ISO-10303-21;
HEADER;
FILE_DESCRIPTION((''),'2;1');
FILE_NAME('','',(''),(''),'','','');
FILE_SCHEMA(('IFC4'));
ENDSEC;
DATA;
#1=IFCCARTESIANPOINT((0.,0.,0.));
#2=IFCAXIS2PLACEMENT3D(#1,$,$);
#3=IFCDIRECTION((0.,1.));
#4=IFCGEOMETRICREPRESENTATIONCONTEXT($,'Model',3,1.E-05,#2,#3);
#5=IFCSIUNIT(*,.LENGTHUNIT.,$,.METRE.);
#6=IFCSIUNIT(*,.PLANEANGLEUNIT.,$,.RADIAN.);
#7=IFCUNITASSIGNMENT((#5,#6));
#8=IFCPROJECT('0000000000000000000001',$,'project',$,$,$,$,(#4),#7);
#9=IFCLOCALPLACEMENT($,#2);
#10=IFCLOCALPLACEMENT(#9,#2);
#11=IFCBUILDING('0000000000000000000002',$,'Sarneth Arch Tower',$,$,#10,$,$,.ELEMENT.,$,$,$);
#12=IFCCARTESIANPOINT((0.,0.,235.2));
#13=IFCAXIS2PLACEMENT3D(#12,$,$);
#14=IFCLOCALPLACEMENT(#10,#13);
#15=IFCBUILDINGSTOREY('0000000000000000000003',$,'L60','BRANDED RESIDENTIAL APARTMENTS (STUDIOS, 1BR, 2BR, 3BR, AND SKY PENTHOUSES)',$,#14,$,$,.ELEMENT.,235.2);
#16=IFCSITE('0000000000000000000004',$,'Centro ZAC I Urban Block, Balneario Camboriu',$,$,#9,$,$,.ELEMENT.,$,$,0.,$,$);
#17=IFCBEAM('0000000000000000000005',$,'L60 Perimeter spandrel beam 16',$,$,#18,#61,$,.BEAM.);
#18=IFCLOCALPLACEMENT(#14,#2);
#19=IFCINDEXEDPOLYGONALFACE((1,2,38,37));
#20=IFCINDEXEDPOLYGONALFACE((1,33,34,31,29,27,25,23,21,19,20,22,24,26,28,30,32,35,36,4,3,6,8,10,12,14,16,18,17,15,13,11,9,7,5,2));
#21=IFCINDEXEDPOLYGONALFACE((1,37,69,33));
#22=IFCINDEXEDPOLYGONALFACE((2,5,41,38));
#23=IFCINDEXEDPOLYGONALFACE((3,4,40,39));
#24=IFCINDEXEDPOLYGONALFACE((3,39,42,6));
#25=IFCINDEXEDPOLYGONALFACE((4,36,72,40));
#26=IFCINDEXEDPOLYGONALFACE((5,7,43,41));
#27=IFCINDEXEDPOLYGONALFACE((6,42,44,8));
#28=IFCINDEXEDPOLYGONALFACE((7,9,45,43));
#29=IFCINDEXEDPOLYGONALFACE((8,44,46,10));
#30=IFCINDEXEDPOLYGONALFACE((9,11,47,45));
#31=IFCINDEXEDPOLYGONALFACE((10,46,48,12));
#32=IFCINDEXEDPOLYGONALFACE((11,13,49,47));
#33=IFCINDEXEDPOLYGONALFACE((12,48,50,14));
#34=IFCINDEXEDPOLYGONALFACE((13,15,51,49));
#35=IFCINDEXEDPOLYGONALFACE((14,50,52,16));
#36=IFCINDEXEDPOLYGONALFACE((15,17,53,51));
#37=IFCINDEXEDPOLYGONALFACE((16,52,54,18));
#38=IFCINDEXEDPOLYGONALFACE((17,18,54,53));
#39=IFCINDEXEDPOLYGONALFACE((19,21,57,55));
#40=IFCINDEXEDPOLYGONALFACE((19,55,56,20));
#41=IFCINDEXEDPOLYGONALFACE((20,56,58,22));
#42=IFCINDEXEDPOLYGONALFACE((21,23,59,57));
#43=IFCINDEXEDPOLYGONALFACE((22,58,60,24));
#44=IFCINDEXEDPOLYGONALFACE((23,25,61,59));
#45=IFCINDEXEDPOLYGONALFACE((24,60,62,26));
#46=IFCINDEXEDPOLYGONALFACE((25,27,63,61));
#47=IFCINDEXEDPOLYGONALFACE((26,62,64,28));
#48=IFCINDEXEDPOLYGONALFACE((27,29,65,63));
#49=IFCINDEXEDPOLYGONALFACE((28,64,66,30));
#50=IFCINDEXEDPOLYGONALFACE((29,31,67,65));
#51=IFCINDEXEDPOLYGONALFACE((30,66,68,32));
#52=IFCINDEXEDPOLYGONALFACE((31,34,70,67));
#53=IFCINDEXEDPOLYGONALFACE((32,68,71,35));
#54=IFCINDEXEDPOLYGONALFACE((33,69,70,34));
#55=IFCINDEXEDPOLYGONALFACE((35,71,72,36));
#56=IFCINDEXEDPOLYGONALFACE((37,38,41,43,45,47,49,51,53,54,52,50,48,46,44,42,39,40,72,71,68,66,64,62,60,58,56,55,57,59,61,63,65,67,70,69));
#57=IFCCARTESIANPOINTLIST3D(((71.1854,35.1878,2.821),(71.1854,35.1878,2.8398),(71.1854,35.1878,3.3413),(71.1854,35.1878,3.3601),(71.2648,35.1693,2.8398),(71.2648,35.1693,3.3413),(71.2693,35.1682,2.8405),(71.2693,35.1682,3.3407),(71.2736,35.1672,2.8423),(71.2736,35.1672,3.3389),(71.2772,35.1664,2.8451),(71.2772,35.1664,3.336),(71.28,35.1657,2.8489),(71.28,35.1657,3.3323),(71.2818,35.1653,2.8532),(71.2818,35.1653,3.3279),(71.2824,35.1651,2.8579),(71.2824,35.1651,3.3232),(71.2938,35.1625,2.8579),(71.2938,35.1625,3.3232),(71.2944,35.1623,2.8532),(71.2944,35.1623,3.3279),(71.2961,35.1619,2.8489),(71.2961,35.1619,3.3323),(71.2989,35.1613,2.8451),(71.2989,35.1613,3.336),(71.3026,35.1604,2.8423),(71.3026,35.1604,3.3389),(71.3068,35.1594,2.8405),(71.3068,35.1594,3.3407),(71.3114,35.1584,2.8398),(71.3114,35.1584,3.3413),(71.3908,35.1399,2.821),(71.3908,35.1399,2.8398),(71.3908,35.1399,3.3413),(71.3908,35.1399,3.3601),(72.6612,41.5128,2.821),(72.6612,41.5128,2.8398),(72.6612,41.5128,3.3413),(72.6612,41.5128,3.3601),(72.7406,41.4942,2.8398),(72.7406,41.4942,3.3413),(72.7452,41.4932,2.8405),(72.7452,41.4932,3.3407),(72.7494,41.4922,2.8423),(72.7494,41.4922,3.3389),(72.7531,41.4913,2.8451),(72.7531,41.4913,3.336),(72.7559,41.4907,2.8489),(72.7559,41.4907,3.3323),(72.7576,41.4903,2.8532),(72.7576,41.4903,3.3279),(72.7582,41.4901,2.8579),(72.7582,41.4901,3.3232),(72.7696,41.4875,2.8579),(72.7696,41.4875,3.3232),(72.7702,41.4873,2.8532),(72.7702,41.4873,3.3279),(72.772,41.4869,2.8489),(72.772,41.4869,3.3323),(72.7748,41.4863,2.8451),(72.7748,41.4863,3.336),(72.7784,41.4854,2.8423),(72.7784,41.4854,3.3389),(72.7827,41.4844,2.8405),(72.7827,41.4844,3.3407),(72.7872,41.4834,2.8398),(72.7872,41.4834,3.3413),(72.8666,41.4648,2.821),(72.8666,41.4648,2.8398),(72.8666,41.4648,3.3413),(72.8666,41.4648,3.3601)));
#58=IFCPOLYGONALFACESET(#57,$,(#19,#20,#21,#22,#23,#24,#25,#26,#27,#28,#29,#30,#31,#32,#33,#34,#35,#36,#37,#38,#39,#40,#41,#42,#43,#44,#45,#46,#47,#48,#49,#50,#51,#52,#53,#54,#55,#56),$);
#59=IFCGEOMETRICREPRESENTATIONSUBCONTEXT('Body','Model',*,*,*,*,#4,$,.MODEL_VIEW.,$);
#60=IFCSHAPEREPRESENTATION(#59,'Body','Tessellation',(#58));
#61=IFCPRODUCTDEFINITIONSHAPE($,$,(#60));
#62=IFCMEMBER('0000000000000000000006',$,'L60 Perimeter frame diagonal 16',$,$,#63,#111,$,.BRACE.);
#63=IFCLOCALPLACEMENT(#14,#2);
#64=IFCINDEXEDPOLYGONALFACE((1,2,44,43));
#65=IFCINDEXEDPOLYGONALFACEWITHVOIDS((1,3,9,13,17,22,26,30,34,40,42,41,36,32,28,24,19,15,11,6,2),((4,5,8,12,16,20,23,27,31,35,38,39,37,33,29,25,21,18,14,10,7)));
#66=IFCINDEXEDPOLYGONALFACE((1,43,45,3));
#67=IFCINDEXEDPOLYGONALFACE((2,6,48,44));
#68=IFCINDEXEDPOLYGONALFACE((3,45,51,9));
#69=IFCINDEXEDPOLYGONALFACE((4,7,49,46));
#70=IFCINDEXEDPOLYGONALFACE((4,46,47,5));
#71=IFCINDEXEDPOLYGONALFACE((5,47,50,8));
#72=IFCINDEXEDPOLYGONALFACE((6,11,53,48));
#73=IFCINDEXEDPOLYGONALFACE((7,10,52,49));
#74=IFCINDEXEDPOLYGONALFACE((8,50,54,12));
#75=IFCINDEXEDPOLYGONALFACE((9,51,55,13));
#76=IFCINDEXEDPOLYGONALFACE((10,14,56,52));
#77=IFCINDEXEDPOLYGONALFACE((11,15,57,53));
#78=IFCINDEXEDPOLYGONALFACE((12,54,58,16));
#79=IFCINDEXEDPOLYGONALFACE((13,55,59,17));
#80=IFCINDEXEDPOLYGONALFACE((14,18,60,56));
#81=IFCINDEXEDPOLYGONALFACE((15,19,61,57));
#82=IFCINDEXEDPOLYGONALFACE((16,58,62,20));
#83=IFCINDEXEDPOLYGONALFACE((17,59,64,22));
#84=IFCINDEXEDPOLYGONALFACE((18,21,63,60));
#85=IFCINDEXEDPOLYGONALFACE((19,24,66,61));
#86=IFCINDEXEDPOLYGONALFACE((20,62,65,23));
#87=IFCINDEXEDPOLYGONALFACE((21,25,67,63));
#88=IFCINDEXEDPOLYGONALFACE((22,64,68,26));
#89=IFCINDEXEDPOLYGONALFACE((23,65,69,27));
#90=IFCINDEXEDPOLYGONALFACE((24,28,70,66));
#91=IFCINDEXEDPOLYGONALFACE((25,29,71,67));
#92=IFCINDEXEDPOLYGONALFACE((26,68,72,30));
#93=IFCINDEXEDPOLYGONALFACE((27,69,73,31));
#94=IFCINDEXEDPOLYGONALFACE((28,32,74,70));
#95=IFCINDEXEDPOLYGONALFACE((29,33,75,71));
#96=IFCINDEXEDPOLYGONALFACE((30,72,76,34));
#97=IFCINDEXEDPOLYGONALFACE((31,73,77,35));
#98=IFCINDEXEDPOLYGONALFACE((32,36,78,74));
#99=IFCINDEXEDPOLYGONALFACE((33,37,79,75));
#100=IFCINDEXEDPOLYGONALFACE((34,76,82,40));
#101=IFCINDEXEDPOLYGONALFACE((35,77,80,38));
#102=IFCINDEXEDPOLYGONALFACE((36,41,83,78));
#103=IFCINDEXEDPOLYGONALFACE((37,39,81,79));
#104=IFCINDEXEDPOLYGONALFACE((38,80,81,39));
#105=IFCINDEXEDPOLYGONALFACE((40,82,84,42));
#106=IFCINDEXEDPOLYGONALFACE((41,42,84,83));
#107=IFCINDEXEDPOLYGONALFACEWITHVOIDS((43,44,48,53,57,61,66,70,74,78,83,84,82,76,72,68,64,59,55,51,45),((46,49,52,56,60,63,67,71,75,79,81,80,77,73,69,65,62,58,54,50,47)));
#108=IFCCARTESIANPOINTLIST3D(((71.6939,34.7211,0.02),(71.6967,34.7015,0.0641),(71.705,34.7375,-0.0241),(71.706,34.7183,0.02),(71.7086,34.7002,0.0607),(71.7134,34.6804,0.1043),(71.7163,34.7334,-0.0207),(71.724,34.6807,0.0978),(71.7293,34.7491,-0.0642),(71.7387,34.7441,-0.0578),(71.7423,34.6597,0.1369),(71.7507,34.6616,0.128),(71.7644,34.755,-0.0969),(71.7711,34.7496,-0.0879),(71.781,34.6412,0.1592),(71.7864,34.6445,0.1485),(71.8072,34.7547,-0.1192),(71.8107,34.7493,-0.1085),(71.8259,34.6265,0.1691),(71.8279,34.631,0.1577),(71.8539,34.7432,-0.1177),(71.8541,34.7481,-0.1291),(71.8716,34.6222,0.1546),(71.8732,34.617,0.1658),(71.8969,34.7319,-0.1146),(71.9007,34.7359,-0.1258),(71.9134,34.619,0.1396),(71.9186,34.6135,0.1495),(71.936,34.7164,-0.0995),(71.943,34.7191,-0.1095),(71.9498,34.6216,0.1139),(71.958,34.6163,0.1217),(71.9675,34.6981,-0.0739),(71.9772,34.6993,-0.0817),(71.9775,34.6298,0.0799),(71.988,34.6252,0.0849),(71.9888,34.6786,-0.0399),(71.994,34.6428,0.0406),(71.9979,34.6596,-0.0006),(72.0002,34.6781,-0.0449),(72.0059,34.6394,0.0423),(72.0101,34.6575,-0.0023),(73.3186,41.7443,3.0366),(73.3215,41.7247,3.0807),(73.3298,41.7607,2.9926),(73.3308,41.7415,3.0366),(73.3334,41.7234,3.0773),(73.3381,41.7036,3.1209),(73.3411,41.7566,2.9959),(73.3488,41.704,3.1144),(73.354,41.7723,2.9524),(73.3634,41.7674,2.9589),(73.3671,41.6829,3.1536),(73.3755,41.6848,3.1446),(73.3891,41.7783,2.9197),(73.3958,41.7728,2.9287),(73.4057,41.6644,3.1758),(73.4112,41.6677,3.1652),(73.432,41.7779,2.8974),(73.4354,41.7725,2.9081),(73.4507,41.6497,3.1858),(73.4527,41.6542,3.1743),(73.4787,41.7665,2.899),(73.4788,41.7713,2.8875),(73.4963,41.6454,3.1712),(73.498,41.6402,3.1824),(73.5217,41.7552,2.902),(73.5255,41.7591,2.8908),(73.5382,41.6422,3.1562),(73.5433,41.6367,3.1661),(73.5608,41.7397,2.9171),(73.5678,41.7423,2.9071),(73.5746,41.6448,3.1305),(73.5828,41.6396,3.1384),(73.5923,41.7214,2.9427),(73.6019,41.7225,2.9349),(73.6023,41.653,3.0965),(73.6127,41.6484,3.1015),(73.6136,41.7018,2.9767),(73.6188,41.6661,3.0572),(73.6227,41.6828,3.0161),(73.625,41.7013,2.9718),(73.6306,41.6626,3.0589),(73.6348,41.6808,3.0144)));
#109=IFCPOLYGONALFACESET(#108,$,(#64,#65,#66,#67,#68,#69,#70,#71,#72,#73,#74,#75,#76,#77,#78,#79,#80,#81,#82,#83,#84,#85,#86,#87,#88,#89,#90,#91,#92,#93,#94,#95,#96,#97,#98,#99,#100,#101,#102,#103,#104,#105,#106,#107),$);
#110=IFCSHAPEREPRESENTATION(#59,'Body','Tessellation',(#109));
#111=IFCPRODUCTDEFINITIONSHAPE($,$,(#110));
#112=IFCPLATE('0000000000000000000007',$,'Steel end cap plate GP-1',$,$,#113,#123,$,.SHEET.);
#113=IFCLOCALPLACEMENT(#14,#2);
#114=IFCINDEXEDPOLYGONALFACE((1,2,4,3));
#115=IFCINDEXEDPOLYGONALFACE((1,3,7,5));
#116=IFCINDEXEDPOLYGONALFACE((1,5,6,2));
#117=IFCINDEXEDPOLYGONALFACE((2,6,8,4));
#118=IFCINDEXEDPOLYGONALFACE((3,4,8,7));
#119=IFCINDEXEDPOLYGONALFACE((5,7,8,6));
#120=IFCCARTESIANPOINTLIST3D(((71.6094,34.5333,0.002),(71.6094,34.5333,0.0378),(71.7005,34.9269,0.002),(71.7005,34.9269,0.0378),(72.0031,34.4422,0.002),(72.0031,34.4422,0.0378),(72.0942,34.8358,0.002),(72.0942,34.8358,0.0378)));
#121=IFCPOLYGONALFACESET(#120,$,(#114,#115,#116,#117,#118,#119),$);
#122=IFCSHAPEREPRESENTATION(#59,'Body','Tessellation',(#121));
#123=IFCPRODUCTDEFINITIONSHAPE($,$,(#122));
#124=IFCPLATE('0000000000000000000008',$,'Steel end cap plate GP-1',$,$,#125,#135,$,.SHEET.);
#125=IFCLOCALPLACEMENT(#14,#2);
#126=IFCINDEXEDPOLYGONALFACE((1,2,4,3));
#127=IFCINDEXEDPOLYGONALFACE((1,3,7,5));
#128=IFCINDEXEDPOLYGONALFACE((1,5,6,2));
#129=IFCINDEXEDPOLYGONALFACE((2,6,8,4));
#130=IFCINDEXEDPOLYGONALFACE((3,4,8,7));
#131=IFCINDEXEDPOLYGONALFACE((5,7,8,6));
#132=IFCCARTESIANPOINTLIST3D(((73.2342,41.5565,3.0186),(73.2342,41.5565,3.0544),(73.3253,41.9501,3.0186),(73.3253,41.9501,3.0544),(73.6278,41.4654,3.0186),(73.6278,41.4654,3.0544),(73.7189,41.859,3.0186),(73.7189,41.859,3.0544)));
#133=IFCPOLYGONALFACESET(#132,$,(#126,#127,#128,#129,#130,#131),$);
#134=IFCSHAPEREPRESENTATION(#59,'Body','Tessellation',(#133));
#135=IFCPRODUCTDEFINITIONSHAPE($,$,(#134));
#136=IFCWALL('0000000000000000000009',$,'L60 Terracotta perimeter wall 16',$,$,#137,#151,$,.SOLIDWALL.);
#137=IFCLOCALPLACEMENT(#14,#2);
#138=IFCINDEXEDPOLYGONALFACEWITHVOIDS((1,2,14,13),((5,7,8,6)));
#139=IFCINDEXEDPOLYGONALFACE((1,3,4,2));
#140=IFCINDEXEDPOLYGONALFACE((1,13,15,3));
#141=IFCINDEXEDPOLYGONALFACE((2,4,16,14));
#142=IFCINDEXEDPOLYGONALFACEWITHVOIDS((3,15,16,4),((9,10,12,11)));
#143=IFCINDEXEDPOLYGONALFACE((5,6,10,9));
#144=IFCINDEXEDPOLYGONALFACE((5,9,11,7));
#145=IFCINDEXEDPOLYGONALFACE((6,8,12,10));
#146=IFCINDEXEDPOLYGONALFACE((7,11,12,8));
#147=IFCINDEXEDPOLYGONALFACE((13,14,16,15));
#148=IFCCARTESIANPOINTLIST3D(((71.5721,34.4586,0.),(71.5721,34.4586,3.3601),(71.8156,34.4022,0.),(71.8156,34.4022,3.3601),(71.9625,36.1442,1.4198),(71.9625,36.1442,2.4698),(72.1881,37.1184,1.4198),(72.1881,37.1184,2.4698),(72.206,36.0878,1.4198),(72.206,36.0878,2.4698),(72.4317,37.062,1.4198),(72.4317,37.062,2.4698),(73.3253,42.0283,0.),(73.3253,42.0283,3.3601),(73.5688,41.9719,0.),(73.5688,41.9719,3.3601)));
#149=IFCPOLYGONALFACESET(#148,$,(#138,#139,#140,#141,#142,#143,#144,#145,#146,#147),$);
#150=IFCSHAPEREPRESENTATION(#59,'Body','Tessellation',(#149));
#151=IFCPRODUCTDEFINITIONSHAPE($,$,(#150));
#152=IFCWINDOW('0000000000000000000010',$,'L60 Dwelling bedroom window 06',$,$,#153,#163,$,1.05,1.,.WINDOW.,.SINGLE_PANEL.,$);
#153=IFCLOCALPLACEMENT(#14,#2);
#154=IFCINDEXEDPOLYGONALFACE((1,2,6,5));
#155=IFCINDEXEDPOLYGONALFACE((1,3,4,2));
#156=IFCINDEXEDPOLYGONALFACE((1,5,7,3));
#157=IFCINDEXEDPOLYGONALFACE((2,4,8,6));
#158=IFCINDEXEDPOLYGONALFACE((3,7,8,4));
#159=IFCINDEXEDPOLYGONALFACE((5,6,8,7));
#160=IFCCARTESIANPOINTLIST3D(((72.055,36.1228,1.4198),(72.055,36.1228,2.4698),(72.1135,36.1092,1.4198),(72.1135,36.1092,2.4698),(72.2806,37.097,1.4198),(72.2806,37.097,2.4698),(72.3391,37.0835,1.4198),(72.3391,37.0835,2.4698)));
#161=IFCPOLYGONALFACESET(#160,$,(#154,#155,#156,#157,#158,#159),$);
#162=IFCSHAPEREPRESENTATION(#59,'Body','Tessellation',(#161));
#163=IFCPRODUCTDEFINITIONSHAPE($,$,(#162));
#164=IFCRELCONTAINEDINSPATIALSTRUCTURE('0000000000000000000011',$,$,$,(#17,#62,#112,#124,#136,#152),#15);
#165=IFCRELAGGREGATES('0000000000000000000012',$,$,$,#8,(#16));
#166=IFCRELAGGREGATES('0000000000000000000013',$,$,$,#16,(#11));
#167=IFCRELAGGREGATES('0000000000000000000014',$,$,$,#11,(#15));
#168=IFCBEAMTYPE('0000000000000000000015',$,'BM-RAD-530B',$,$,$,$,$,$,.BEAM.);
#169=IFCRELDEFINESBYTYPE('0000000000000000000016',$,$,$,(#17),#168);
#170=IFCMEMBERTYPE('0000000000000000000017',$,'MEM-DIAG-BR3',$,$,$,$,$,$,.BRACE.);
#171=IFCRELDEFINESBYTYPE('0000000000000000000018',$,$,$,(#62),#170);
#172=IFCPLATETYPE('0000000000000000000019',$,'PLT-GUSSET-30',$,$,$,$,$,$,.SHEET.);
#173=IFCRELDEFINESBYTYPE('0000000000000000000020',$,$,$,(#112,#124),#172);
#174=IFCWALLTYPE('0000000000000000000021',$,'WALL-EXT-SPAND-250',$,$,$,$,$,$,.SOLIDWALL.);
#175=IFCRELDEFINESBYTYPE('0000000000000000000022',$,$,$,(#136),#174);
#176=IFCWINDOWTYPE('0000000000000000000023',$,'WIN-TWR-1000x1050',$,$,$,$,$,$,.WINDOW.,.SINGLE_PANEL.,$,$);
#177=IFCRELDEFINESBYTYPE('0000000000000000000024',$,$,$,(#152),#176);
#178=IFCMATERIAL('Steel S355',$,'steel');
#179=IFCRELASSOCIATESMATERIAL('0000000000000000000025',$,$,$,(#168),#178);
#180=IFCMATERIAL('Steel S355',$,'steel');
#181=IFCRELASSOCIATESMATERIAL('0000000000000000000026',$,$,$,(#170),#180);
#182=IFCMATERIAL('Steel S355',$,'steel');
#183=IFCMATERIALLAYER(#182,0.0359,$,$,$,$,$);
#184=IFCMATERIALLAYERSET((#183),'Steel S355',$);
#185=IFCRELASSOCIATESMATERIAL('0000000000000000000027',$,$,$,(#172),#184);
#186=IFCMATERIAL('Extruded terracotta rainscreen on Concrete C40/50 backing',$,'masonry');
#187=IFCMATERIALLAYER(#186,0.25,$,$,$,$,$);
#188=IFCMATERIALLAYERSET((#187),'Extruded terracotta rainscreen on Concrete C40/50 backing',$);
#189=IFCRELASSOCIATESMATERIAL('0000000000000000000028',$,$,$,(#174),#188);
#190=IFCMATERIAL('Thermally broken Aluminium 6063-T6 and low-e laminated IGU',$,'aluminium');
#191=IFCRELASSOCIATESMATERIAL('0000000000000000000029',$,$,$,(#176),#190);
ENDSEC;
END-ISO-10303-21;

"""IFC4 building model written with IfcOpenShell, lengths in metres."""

from ifc_helpers import new_model, si_unit, direction, frame, frame_2d, origin, origin_2d, place, context, subcontext, project, spatial, rectangle, hollow_circle, i_section, extrude, material, layer, layer_set, material_profile, profile_set, type_object, element, fill, save


model = new_model("IFC4")

# Units and contexts
model_context = context("Model", 3, precision=1e-05, world=origin(), true_north=direction((0.0, 1.0)))
body_context = subcontext(model_context, "Body", "Model", "MODEL_VIEW")
ifc_project = project(units=[si_unit("LENGTHUNIT", "METRE"), si_unit("PLANEANGLEUNIT", "RADIAN")], contexts=[model_context])

# Site, building, storey
site_placement = place(None, origin())
site = spatial("IfcSite", under=ifc_project, at=site_placement, Name="Centro ZAC I Urban Block, Balneario Camboriu", CompositionType="ELEMENT", RefElevation=0.0)
building_placement = place(site_placement, origin())
building = spatial("IfcBuilding", under=site, at=building_placement, Name="Sarneth Arch Tower", CompositionType="ELEMENT")
storey_placement = place(building_placement, frame((0.0, 0.0, 235.2)))
storey = spatial("IfcBuildingStorey", under=building, at=storey_placement, Name="L60", Description="BRANDED RESIDENTIAL APARTMENTS (STUDIOS, 1BR, 2BR, 3BR, AND SKY PENTHOUSES)", CompositionType="ELEMENT", Elevation=235.2)

# Beam
ifc_material_1 = material(Name="Steel S355", Category="steel")
ifc_material_profile_1 = material_profile(ifc_material_1, i_section(OverallWidth=0.2109, OverallDepth=0.5391, WebThickness=0.0117, FlangeThickness=0.0188, FilletRadius=0.0181, at=origin_2d()), Name="W530x109")
ifc_profile_set_1 = profile_set([ifc_material_profile_1], Name="Steel S355")
beam_type_1 = type_object("IfcBeamType", Name="BM-RAD-530B", PredefinedType="BEAM", material=ifc_profile_set_1)
beam_1_placement = place(storey_placement, frame((71.2881, 35.1638, 3.0906), z_axis=(0.227231, 0.973841, 0.0), x_axis=(-0.973841, 0.227231, 0.0)))
element("IfcBeam", 1, at=beam_1_placement, inside=storey, type_object=beam_type_1, Name="L60 Perimeter spandrel beam 16", PredefinedType="BEAM", context=body_context, shape_type="SweptSolid", body=[
    extrude(i_section(OverallWidth=0.2109, OverallDepth=0.5391, WebThickness=0.0117, FlangeThickness=0.0188, FilletRadius=0.0181, at=origin_2d()), origin(), (0.0, 0.0, 1.0), 6.4949),
])

# Member
ifc_material_2 = material(Name="Steel S355", Category="steel")
ifc_material_profile_2 = material_profile(ifc_material_2, hollow_circle(Radius=0.1621, WallThickness=0.0125, at=origin_2d()), Name="CHS324x12.5")
ifc_profile_set_2 = profile_set([ifc_material_profile_2], Name="Steel S355")
member_type = type_object("IfcMemberType", Name="MEM-DIAG-BR3", PredefinedType="BRACE", material=ifc_profile_set_2)
member_placement = place(storey_placement, frame((71.8518, 34.6846, 0.02), z_axis=(0.207918, 0.898749, 0.386031), x_axis=(-0.974269, 0.225389, 0.0)))
element("IfcMember", 2, at=member_placement, inside=storey, type_object=member_type, Name="L60 Perimeter frame diagonal 16", PredefinedType="BRACE", context=body_context, shape_type="SweptSolid", body=[
    extrude(hollow_circle(Radius=0.1621, WallThickness=0.0125, at=origin_2d()), origin(), (0.0, 0.0, 1.0), 7.8145),
])

# Plates
ifc_material_3 = material(Name="Steel S355", Category="steel")
ifc_layer_1 = layer(ifc_material_3, 0.0359)
ifc_layer_set_1 = layer_set([ifc_layer_1], Name="Steel S355")
plate_type = type_object("IfcPlateType", Name="PLT-GUSSET-30", PredefinedType="SHEET", material=ifc_layer_set_1)
for number, where, z_axis, x_axis, name in (
    (3, (71.8518, 34.6846, 0.002), (0.0, 0.0, 1.0), (0.225461, 0.974252, 0.0), "Steel end cap plate GP-1"),
    (4, (73.4766, 41.7078, 3.0186), (0.0, 0.0, 1.0), (0.225461, 0.974252, 0.0), "Steel end cap plate GP-1"),
):
    element("IfcPlate", number, at=place(storey_placement, frame(where, z_axis=z_axis, x_axis=x_axis)), inside=storey, type_object=plate_type, Name=name, PredefinedType="SHEET", context=body_context, shape_type="SweptSolid", body=[
        extrude(rectangle(XDim=0.4041, YDim=0.4041, at=origin_2d()), origin(), (0.0, 0.0, 1.0), 0.0359),
    ])

# Wall, opening, window
ifc_material_4 = material(Name="Extruded terracotta rainscreen on Concrete C40/50 backing", Category="masonry")
ifc_layer_2 = layer(ifc_material_4, 0.25)
ifc_layer_set_2 = layer_set([ifc_layer_2], Name="Extruded terracotta rainscreen on Concrete C40/50 backing")
wall_type_1 = type_object("IfcWallType", Name="WALL-EXT-SPAND-250", PredefinedType="SOLIDWALL", material=ifc_layer_set_2)
wall_1_placement = place(storey_placement, frame((71.6938, 34.4304, 0.0), z_axis=(0.0, 0.0, 1.0), x_axis=(0.225635, 0.974212, 0.0)))
wall_1 = element("IfcWall", 5, at=wall_1_placement, inside=storey, type_object=wall_type_1, Name="L60 Terracotta perimeter wall 16", PredefinedType="SOLIDWALL", context=body_context, shape_type="SweptSolid", body=[
    extrude(rectangle(XDim=7.77, YDim=0.25, at=frame_2d((3.885, 0.0))), origin(), (0.0, 0.0, 1.0), 3.3601),
])
opening_1_placement = place(wall_1_placement, frame((1.7302, 0.0, 1.4199)))
opening_1 = element("IfcOpeningElement", 6, at=opening_1_placement, cuts=wall_1, PredefinedType="OPENING", context=body_context, shape_type="SweptSolid", body=[
    extrude(rectangle(XDim=1.0, YDim=1.05, at=frame_2d((0.5, 0.5249))), frame((0.0, 0.135, 0.0), z_axis=(0.0, -1.0, 0.0), x_axis=(1.0, 0.0, 0.0)), (0.0, 0.0, 1.0), 0.27),
])
ifc_material_5 = material(Name="Thermally broken Aluminium 6063-T6 and low-e laminated IGU", Category="aluminium")
window_type = type_object("IfcWindowType", Name="WIN-TWR-1000x1050", PartitioningType="SINGLE_PANEL", PredefinedType="WINDOW", material=ifc_material_5)
window_placement = place(opening_1_placement, origin())
window = element("IfcWindow", 7, at=window_placement, inside=storey, type_object=window_type, Name="L60 Dwelling bedroom window 06", OverallHeight=1.05, OverallWidth=1.0, PartitioningType="SINGLE_PANEL", PredefinedType="WINDOW", context=body_context, shape_type="SweptSolid", body=[
    extrude(rectangle(XDim=1.0, YDim=1.05, at=frame_2d((0.5, 0.5249))), frame((0.0, 0.03, 0.0), z_axis=(0.0, -1.0, 0.0), x_axis=(1.0, 0.0, 0.0)), (0.0, 0.0, 1.0), 0.0601),
])
fill(opening_1, window)

save(model, "model.ifc")
